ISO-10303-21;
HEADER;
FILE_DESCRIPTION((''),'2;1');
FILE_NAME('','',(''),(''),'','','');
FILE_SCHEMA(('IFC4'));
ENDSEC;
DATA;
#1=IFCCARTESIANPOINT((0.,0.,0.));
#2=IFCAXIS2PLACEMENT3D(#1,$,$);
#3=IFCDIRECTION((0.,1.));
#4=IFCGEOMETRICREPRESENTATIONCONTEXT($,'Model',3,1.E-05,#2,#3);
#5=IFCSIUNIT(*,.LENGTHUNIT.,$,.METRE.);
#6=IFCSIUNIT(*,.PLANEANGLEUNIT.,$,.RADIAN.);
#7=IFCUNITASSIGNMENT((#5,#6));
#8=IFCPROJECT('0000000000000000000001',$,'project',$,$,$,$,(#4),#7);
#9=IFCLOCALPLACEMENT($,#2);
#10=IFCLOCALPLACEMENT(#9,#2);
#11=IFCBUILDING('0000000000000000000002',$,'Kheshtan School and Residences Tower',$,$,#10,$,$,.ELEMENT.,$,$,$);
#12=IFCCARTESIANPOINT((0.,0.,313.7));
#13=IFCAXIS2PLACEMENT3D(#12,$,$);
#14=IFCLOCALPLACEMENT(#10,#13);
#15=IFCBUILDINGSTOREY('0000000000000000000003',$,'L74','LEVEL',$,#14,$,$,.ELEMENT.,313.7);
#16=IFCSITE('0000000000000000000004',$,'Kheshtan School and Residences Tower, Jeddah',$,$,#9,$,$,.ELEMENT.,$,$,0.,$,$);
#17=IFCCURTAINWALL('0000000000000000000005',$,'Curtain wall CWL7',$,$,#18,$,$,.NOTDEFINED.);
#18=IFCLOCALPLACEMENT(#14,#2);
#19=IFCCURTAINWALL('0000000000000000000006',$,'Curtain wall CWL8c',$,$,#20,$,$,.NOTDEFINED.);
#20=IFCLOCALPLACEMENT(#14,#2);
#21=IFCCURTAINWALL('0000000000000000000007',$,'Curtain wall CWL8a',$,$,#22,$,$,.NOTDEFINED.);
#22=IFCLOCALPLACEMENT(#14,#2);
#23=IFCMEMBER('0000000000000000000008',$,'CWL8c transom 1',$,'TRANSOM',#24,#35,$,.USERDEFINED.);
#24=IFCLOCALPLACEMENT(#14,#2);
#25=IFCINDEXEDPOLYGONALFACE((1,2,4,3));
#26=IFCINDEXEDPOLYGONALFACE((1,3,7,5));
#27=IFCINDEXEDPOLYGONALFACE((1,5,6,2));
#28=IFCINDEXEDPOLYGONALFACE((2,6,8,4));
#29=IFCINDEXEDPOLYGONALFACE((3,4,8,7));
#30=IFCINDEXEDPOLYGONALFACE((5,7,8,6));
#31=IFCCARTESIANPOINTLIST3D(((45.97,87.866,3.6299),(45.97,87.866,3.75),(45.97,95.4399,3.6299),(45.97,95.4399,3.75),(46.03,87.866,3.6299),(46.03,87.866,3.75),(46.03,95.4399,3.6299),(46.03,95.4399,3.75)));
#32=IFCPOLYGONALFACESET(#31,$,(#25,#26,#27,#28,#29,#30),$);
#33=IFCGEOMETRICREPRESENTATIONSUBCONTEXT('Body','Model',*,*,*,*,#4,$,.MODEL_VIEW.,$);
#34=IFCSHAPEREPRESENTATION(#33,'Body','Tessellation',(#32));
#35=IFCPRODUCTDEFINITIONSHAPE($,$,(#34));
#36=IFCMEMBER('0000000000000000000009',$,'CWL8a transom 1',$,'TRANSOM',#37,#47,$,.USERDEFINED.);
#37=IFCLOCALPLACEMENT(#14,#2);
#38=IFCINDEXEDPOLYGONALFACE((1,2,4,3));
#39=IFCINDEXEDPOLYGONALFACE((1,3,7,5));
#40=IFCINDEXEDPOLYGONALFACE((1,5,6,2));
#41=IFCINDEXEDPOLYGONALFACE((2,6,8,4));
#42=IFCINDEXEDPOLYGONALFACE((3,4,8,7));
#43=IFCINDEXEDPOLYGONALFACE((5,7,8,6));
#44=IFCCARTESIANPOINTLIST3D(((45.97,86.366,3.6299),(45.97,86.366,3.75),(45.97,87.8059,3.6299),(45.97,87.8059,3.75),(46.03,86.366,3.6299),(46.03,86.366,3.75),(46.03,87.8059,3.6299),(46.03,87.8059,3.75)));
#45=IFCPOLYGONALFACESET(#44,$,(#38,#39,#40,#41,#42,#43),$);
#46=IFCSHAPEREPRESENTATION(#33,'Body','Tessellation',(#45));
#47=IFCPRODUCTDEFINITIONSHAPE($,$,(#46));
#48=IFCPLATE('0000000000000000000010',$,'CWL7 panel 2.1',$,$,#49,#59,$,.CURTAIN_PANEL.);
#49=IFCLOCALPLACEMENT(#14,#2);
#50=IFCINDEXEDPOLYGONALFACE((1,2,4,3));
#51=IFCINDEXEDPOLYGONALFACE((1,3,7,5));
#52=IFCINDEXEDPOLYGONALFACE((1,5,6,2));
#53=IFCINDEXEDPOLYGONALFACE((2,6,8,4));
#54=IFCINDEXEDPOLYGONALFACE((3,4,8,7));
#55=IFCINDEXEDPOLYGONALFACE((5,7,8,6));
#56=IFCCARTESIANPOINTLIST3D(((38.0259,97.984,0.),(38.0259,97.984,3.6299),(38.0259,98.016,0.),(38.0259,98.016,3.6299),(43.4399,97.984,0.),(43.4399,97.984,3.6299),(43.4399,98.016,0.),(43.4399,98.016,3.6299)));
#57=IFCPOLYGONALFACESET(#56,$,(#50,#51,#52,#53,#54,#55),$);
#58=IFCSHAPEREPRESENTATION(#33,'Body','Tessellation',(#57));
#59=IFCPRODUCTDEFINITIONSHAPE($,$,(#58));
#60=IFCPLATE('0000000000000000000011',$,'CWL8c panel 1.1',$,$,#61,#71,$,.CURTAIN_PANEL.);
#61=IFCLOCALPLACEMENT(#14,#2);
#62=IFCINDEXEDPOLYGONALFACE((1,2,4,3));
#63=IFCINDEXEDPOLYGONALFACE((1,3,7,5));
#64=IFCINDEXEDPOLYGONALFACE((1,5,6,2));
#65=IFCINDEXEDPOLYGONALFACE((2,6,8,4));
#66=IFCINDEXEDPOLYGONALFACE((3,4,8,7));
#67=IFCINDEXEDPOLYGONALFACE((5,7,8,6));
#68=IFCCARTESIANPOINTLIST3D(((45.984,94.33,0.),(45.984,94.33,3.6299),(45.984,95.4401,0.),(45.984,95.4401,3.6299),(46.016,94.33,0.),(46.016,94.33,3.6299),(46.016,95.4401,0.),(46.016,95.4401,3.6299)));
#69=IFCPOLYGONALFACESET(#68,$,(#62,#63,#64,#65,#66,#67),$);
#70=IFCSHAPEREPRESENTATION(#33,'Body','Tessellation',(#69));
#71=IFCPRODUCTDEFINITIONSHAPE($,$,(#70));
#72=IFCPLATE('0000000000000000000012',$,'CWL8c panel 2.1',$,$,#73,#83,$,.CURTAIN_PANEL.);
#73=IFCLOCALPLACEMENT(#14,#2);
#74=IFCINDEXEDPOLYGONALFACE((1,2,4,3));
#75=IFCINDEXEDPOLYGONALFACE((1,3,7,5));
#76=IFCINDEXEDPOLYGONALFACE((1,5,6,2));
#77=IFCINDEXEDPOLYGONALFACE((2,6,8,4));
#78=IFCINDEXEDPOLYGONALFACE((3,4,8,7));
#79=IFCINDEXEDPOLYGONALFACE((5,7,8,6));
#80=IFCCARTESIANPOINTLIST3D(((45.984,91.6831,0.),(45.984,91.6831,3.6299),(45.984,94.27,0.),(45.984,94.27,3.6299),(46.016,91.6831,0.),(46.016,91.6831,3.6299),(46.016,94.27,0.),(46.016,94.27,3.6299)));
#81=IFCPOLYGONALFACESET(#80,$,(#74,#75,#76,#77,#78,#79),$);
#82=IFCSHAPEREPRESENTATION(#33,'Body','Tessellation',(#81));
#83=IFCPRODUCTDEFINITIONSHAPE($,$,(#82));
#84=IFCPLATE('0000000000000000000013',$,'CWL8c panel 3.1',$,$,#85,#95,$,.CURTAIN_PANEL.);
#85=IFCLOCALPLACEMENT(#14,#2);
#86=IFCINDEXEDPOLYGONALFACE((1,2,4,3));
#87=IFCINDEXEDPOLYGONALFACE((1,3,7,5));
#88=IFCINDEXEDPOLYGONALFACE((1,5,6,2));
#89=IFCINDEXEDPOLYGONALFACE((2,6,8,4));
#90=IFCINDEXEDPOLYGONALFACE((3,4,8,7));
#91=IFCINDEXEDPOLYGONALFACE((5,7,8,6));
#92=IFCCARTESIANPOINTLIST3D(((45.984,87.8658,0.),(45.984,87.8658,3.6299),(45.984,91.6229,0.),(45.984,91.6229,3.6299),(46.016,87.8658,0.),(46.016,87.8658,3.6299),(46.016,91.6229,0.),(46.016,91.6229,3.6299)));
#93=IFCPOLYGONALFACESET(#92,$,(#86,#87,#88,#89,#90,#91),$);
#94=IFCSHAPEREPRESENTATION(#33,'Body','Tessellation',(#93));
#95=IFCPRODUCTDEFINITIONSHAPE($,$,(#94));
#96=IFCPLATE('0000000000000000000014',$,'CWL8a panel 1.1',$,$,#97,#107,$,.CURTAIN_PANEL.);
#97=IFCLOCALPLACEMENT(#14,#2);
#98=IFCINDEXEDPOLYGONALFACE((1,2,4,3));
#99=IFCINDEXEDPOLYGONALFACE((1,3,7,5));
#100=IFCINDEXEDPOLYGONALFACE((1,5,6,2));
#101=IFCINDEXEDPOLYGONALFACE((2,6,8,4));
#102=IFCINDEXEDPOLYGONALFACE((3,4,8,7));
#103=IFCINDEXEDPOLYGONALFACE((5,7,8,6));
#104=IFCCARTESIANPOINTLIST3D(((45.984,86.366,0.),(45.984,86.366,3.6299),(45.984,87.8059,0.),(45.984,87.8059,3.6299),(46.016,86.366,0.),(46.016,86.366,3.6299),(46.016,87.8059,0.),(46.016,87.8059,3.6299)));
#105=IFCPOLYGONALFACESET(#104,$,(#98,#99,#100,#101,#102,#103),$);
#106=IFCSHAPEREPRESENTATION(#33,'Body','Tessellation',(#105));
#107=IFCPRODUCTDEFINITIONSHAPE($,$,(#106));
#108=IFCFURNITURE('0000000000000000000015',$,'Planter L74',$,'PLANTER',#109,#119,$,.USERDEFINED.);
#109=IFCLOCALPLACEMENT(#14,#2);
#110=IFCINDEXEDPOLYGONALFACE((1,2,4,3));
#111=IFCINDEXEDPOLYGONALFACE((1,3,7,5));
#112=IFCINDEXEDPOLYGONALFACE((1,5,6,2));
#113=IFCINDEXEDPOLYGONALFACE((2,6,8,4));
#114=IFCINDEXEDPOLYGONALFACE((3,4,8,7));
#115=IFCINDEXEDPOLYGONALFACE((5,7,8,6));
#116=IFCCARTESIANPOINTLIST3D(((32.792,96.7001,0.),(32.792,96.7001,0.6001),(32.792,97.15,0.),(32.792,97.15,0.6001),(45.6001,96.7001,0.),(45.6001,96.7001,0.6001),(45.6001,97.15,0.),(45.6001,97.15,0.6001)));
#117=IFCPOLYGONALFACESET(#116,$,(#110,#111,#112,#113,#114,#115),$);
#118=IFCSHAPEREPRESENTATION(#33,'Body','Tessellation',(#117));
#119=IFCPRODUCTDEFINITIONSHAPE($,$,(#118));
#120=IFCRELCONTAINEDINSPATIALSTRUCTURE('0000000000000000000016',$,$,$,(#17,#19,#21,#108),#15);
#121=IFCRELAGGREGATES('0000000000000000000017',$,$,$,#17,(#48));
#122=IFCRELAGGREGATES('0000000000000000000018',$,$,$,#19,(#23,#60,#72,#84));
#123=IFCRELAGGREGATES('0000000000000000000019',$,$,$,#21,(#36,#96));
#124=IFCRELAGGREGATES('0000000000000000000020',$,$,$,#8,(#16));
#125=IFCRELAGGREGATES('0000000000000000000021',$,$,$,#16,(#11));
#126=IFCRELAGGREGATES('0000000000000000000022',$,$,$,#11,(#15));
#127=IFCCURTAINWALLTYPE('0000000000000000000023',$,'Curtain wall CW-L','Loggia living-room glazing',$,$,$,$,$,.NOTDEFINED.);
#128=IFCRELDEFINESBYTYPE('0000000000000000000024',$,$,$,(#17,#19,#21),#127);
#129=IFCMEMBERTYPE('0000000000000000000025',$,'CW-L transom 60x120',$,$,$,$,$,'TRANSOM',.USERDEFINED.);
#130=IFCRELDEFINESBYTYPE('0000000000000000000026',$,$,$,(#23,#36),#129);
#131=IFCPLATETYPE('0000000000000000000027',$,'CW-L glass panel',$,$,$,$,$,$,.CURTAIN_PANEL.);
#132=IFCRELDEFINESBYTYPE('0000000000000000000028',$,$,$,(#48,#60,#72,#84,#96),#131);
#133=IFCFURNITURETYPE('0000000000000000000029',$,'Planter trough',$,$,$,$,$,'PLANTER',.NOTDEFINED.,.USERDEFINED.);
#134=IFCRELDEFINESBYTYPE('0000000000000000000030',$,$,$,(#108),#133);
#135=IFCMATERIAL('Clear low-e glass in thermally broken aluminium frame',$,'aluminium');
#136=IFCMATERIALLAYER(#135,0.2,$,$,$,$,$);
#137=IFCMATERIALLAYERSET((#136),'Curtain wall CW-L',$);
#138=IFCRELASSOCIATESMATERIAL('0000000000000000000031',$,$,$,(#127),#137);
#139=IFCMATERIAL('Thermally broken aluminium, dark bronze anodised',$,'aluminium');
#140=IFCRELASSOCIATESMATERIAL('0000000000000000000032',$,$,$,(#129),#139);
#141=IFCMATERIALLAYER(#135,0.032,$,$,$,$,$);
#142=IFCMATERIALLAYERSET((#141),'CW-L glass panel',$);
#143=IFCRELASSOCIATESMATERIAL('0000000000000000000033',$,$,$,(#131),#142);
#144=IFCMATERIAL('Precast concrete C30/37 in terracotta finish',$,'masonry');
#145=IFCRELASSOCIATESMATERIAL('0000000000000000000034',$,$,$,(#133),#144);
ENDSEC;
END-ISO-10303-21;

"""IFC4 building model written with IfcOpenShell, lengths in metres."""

from ifc_helpers import new_model, si_unit, direction, frame, origin, origin_2d, place, context, subcontext, project, spatial, rectangle, extrude, material, layer, layer_set, material_profile, profile_set, type_object, element, aggregate, save


model = new_model("IFC4")

# Units and contexts
model_context = context("Model", 3, precision=1e-05, world=origin(), true_north=direction((0.0, 1.0)))
body_context = subcontext(model_context, "Body", "Model", "MODEL_VIEW")
ifc_project = project(units=[si_unit("LENGTHUNIT", "METRE"), si_unit("PLANEANGLEUNIT", "RADIAN")], contexts=[model_context])

# Site, building, storey
site_placement = place(None, origin())
site = spatial("IfcSite", under=ifc_project, at=site_placement, Name="Kheshtan School and Residences Tower, Jeddah", CompositionType="ELEMENT", RefElevation=0.0)
building_placement = place(site_placement, origin())
building = spatial("IfcBuilding", under=site, at=building_placement, Name="Kheshtan School and Residences Tower", CompositionType="ELEMENT")
storey_placement = place(building_placement, frame((0.0, 0.0, 313.7)))
storey = spatial("IfcBuildingStorey", under=building, at=storey_placement, Name="L74", Description="LEVEL", CompositionType="ELEMENT", Elevation=313.7)

# Curtain walls
ifc_material_1 = material(Name="Clear low-e glass in thermally broken aluminium frame", Category="aluminium")
ifc_layer_1 = layer(ifc_material_1, 0.2)
ifc_layer_set_1 = layer_set([ifc_layer_1], Name="Curtain wall CW-L")
curtain_wall_type = type_object("IfcCurtainWallType", Name="Curtain wall CW-L", Description="Loggia living-room glazing", PredefinedType="NOTDEFINED", material=ifc_layer_set_1)
curtain_wall_1_placement = place(storey_placement, origin())
curtain_wall_1 = element("IfcCurtainWall", 1, at=curtain_wall_1_placement, inside=storey, type_object=curtain_wall_type, Name="Curtain wall CWL7", PredefinedType="NOTDEFINED")
ifc_material_2 = material(Name="Thermally broken aluminium, dark bronze anodised", Category="aluminium")
curtain_wall_2_placement = place(storey_placement, origin())
curtain_wall_2 = element("IfcCurtainWall", 2, at=curtain_wall_2_placement, inside=storey, type_object=curtain_wall_type, Name="Curtain wall CWL8c", PredefinedType="NOTDEFINED")

# Curtain wall
curtain_wall_3_placement = place(storey_placement, origin())
curtain_wall_3 = element("IfcCurtainWall", 3, at=curtain_wall_3_placement, inside=storey, type_object=curtain_wall_type, Name="Curtain wall CWL8a", PredefinedType="NOTDEFINED")

# Members
ifc_material_profile_1 = material_profile(ifc_material_2, rectangle(XDim=0.0601, YDim=0.1201, at=origin_2d()), Name="CW-L transom 60x120")
ifc_profile_set_1 = profile_set([ifc_material_profile_1], Name="Thermally broken aluminium, dark bronze anodised")
member_type_1 = type_object("IfcMemberType", Name="CW-L transom 60x120", ElementType="TRANSOM", PredefinedType="USERDEFINED", material=ifc_profile_set_1)
member_1_placement = place(storey_placement, frame((46.0, 95.4399, 3.6899), z_axis=(0.0, -1.0, 0.0), x_axis=(1.0, 0.0, 0.0)))
member_1 = element("IfcMember", 4, at=member_1_placement, type_object=member_type_1, Name="CWL8c transom 1", ObjectType="TRANSOM", PredefinedType="USERDEFINED", context=body_context, shape_type="SweptSolid", body=[
    extrude(rectangle(XDim=0.0601, YDim=0.1201, at=origin_2d()), origin(), (0.0, 0.0, 1.0), 7.574),
])
member_2_placement = place(storey_placement, frame((46.0, 87.8059, 3.6899), z_axis=(0.0, -1.0, 0.0), x_axis=(1.0, 0.0, 0.0)))
member_2 = element("IfcMember", 5, at=member_2_placement, type_object=member_type_1, Name="CWL8a transom 1", ObjectType="TRANSOM", PredefinedType="USERDEFINED", context=body_context, shape_type="SweptSolid", body=[
    extrude(rectangle(XDim=0.0601, YDim=0.1201, at=origin_2d()), origin(), (0.0, 0.0, 1.0), 1.4399),
])

# Plates
ifc_layer_2 = layer(ifc_material_1, 0.032)
ifc_layer_set_2 = layer_set([ifc_layer_2], Name="CW-L glass panel")
plate_type = type_object("IfcPlateType", Name="CW-L glass panel", PredefinedType="CURTAIN_PANEL", material=ifc_layer_set_2)
plate_1_placement = place(storey_placement, frame((40.7329, 98.0, 0.0), z_axis=(0.0, 0.0, 1.0), x_axis=(1.0, 0.0, 0.0)))
plate_1 = element("IfcPlate", 6, at=plate_1_placement, type_object=plate_type, Name="CWL7 panel 2.1", PredefinedType="CURTAIN_PANEL", context=body_context, shape_type="SweptSolid", body=[
    extrude(rectangle(XDim=5.4141, YDim=0.032, at=origin_2d()), origin(), (0.0, 0.0, 1.0), 3.6299),
])
aggregate(curtain_wall_1, [plate_1])
plate_2_placement = place(storey_placement, frame((46.0, 94.885, 0.0), z_axis=(0.0, 0.0, 1.0), x_axis=(0.0, -1.0, 0.0)))
plate_2 = element("IfcPlate", 7, at=plate_2_placement, type_object=plate_type, Name="CWL8c panel 1.1", PredefinedType="CURTAIN_PANEL", context=body_context, shape_type="SweptSolid", body=[
    extrude(rectangle(XDim=1.1101, YDim=0.032, at=origin_2d()), origin(), (0.0, 0.0, 1.0), 3.6299),
])
plate_3_placement = place(storey_placement, frame((46.0, 92.9766, 0.0), z_axis=(0.0, 0.0, 1.0), x_axis=(0.0, -1.0, 0.0)))
plate_3 = element("IfcPlate", 8, at=plate_3_placement, type_object=plate_type, Name="CWL8c panel 2.1", PredefinedType="CURTAIN_PANEL", context=body_context, shape_type="SweptSolid", body=[
    extrude(rectangle(XDim=2.5869, YDim=0.032, at=origin_2d()), origin(), (0.0, 0.0, 1.0), 3.6299),
])
plate_4_placement = place(storey_placement, frame((46.0, 89.7444, 0.0), z_axis=(0.0, 0.0, 1.0), x_axis=(0.0, -1.0, 0.0)))
plate_4 = element("IfcPlate", 9, at=plate_4_placement, type_object=plate_type, Name="CWL8c panel 3.1", PredefinedType="CURTAIN_PANEL", context=body_context, shape_type="SweptSolid", body=[
    extrude(rectangle(XDim=3.7571, YDim=0.032, at=origin_2d()), origin(), (0.0, 0.0, 1.0), 3.6299),
])
aggregate(curtain_wall_2, [member_1, plate_2, plate_3, plate_4])
plate_5_placement = place(storey_placement, frame((46.0, 87.0859, 0.0), z_axis=(0.0, 0.0, 1.0), x_axis=(0.0, -1.0, 0.0)))
plate_5 = element("IfcPlate", 10, at=plate_5_placement, type_object=plate_type, Name="CWL8a panel 1.1", PredefinedType="CURTAIN_PANEL", context=body_context, shape_type="SweptSolid", body=[
    extrude(rectangle(XDim=1.4399, YDim=0.032, at=origin_2d()), origin(), (0.0, 0.0, 1.0), 3.6299),
])
aggregate(curtain_wall_3, [member_2, plate_5])

# Furniture
ifc_material_3 = material(Name="Precast concrete C30/37 in terracotta finish", Category="masonry")
furniture_type = type_object("IfcFurnitureType", Name="Planter trough", ElementType="PLANTER", AssemblyPlace="NOTDEFINED", PredefinedType="USERDEFINED", material=ifc_material_3)
furniture_placement = place(storey_placement, frame((39.196, 96.925, 0.0), z_axis=(0.0, 0.0, 1.0), x_axis=(1.0, 0.0, 0.0)))
element("IfcFurniture", 11, at=furniture_placement, inside=storey, type_object=furniture_type, Name="Planter L74", ObjectType="PLANTER", PredefinedType="USERDEFINED", context=body_context, shape_type="SweptSolid", body=[
    extrude(rectangle(XDim=12.8081, YDim=0.45, at=origin_2d()), origin(), (0.0, 0.0, 1.0), 0.6001),
])

save(model, "model.ifc")
